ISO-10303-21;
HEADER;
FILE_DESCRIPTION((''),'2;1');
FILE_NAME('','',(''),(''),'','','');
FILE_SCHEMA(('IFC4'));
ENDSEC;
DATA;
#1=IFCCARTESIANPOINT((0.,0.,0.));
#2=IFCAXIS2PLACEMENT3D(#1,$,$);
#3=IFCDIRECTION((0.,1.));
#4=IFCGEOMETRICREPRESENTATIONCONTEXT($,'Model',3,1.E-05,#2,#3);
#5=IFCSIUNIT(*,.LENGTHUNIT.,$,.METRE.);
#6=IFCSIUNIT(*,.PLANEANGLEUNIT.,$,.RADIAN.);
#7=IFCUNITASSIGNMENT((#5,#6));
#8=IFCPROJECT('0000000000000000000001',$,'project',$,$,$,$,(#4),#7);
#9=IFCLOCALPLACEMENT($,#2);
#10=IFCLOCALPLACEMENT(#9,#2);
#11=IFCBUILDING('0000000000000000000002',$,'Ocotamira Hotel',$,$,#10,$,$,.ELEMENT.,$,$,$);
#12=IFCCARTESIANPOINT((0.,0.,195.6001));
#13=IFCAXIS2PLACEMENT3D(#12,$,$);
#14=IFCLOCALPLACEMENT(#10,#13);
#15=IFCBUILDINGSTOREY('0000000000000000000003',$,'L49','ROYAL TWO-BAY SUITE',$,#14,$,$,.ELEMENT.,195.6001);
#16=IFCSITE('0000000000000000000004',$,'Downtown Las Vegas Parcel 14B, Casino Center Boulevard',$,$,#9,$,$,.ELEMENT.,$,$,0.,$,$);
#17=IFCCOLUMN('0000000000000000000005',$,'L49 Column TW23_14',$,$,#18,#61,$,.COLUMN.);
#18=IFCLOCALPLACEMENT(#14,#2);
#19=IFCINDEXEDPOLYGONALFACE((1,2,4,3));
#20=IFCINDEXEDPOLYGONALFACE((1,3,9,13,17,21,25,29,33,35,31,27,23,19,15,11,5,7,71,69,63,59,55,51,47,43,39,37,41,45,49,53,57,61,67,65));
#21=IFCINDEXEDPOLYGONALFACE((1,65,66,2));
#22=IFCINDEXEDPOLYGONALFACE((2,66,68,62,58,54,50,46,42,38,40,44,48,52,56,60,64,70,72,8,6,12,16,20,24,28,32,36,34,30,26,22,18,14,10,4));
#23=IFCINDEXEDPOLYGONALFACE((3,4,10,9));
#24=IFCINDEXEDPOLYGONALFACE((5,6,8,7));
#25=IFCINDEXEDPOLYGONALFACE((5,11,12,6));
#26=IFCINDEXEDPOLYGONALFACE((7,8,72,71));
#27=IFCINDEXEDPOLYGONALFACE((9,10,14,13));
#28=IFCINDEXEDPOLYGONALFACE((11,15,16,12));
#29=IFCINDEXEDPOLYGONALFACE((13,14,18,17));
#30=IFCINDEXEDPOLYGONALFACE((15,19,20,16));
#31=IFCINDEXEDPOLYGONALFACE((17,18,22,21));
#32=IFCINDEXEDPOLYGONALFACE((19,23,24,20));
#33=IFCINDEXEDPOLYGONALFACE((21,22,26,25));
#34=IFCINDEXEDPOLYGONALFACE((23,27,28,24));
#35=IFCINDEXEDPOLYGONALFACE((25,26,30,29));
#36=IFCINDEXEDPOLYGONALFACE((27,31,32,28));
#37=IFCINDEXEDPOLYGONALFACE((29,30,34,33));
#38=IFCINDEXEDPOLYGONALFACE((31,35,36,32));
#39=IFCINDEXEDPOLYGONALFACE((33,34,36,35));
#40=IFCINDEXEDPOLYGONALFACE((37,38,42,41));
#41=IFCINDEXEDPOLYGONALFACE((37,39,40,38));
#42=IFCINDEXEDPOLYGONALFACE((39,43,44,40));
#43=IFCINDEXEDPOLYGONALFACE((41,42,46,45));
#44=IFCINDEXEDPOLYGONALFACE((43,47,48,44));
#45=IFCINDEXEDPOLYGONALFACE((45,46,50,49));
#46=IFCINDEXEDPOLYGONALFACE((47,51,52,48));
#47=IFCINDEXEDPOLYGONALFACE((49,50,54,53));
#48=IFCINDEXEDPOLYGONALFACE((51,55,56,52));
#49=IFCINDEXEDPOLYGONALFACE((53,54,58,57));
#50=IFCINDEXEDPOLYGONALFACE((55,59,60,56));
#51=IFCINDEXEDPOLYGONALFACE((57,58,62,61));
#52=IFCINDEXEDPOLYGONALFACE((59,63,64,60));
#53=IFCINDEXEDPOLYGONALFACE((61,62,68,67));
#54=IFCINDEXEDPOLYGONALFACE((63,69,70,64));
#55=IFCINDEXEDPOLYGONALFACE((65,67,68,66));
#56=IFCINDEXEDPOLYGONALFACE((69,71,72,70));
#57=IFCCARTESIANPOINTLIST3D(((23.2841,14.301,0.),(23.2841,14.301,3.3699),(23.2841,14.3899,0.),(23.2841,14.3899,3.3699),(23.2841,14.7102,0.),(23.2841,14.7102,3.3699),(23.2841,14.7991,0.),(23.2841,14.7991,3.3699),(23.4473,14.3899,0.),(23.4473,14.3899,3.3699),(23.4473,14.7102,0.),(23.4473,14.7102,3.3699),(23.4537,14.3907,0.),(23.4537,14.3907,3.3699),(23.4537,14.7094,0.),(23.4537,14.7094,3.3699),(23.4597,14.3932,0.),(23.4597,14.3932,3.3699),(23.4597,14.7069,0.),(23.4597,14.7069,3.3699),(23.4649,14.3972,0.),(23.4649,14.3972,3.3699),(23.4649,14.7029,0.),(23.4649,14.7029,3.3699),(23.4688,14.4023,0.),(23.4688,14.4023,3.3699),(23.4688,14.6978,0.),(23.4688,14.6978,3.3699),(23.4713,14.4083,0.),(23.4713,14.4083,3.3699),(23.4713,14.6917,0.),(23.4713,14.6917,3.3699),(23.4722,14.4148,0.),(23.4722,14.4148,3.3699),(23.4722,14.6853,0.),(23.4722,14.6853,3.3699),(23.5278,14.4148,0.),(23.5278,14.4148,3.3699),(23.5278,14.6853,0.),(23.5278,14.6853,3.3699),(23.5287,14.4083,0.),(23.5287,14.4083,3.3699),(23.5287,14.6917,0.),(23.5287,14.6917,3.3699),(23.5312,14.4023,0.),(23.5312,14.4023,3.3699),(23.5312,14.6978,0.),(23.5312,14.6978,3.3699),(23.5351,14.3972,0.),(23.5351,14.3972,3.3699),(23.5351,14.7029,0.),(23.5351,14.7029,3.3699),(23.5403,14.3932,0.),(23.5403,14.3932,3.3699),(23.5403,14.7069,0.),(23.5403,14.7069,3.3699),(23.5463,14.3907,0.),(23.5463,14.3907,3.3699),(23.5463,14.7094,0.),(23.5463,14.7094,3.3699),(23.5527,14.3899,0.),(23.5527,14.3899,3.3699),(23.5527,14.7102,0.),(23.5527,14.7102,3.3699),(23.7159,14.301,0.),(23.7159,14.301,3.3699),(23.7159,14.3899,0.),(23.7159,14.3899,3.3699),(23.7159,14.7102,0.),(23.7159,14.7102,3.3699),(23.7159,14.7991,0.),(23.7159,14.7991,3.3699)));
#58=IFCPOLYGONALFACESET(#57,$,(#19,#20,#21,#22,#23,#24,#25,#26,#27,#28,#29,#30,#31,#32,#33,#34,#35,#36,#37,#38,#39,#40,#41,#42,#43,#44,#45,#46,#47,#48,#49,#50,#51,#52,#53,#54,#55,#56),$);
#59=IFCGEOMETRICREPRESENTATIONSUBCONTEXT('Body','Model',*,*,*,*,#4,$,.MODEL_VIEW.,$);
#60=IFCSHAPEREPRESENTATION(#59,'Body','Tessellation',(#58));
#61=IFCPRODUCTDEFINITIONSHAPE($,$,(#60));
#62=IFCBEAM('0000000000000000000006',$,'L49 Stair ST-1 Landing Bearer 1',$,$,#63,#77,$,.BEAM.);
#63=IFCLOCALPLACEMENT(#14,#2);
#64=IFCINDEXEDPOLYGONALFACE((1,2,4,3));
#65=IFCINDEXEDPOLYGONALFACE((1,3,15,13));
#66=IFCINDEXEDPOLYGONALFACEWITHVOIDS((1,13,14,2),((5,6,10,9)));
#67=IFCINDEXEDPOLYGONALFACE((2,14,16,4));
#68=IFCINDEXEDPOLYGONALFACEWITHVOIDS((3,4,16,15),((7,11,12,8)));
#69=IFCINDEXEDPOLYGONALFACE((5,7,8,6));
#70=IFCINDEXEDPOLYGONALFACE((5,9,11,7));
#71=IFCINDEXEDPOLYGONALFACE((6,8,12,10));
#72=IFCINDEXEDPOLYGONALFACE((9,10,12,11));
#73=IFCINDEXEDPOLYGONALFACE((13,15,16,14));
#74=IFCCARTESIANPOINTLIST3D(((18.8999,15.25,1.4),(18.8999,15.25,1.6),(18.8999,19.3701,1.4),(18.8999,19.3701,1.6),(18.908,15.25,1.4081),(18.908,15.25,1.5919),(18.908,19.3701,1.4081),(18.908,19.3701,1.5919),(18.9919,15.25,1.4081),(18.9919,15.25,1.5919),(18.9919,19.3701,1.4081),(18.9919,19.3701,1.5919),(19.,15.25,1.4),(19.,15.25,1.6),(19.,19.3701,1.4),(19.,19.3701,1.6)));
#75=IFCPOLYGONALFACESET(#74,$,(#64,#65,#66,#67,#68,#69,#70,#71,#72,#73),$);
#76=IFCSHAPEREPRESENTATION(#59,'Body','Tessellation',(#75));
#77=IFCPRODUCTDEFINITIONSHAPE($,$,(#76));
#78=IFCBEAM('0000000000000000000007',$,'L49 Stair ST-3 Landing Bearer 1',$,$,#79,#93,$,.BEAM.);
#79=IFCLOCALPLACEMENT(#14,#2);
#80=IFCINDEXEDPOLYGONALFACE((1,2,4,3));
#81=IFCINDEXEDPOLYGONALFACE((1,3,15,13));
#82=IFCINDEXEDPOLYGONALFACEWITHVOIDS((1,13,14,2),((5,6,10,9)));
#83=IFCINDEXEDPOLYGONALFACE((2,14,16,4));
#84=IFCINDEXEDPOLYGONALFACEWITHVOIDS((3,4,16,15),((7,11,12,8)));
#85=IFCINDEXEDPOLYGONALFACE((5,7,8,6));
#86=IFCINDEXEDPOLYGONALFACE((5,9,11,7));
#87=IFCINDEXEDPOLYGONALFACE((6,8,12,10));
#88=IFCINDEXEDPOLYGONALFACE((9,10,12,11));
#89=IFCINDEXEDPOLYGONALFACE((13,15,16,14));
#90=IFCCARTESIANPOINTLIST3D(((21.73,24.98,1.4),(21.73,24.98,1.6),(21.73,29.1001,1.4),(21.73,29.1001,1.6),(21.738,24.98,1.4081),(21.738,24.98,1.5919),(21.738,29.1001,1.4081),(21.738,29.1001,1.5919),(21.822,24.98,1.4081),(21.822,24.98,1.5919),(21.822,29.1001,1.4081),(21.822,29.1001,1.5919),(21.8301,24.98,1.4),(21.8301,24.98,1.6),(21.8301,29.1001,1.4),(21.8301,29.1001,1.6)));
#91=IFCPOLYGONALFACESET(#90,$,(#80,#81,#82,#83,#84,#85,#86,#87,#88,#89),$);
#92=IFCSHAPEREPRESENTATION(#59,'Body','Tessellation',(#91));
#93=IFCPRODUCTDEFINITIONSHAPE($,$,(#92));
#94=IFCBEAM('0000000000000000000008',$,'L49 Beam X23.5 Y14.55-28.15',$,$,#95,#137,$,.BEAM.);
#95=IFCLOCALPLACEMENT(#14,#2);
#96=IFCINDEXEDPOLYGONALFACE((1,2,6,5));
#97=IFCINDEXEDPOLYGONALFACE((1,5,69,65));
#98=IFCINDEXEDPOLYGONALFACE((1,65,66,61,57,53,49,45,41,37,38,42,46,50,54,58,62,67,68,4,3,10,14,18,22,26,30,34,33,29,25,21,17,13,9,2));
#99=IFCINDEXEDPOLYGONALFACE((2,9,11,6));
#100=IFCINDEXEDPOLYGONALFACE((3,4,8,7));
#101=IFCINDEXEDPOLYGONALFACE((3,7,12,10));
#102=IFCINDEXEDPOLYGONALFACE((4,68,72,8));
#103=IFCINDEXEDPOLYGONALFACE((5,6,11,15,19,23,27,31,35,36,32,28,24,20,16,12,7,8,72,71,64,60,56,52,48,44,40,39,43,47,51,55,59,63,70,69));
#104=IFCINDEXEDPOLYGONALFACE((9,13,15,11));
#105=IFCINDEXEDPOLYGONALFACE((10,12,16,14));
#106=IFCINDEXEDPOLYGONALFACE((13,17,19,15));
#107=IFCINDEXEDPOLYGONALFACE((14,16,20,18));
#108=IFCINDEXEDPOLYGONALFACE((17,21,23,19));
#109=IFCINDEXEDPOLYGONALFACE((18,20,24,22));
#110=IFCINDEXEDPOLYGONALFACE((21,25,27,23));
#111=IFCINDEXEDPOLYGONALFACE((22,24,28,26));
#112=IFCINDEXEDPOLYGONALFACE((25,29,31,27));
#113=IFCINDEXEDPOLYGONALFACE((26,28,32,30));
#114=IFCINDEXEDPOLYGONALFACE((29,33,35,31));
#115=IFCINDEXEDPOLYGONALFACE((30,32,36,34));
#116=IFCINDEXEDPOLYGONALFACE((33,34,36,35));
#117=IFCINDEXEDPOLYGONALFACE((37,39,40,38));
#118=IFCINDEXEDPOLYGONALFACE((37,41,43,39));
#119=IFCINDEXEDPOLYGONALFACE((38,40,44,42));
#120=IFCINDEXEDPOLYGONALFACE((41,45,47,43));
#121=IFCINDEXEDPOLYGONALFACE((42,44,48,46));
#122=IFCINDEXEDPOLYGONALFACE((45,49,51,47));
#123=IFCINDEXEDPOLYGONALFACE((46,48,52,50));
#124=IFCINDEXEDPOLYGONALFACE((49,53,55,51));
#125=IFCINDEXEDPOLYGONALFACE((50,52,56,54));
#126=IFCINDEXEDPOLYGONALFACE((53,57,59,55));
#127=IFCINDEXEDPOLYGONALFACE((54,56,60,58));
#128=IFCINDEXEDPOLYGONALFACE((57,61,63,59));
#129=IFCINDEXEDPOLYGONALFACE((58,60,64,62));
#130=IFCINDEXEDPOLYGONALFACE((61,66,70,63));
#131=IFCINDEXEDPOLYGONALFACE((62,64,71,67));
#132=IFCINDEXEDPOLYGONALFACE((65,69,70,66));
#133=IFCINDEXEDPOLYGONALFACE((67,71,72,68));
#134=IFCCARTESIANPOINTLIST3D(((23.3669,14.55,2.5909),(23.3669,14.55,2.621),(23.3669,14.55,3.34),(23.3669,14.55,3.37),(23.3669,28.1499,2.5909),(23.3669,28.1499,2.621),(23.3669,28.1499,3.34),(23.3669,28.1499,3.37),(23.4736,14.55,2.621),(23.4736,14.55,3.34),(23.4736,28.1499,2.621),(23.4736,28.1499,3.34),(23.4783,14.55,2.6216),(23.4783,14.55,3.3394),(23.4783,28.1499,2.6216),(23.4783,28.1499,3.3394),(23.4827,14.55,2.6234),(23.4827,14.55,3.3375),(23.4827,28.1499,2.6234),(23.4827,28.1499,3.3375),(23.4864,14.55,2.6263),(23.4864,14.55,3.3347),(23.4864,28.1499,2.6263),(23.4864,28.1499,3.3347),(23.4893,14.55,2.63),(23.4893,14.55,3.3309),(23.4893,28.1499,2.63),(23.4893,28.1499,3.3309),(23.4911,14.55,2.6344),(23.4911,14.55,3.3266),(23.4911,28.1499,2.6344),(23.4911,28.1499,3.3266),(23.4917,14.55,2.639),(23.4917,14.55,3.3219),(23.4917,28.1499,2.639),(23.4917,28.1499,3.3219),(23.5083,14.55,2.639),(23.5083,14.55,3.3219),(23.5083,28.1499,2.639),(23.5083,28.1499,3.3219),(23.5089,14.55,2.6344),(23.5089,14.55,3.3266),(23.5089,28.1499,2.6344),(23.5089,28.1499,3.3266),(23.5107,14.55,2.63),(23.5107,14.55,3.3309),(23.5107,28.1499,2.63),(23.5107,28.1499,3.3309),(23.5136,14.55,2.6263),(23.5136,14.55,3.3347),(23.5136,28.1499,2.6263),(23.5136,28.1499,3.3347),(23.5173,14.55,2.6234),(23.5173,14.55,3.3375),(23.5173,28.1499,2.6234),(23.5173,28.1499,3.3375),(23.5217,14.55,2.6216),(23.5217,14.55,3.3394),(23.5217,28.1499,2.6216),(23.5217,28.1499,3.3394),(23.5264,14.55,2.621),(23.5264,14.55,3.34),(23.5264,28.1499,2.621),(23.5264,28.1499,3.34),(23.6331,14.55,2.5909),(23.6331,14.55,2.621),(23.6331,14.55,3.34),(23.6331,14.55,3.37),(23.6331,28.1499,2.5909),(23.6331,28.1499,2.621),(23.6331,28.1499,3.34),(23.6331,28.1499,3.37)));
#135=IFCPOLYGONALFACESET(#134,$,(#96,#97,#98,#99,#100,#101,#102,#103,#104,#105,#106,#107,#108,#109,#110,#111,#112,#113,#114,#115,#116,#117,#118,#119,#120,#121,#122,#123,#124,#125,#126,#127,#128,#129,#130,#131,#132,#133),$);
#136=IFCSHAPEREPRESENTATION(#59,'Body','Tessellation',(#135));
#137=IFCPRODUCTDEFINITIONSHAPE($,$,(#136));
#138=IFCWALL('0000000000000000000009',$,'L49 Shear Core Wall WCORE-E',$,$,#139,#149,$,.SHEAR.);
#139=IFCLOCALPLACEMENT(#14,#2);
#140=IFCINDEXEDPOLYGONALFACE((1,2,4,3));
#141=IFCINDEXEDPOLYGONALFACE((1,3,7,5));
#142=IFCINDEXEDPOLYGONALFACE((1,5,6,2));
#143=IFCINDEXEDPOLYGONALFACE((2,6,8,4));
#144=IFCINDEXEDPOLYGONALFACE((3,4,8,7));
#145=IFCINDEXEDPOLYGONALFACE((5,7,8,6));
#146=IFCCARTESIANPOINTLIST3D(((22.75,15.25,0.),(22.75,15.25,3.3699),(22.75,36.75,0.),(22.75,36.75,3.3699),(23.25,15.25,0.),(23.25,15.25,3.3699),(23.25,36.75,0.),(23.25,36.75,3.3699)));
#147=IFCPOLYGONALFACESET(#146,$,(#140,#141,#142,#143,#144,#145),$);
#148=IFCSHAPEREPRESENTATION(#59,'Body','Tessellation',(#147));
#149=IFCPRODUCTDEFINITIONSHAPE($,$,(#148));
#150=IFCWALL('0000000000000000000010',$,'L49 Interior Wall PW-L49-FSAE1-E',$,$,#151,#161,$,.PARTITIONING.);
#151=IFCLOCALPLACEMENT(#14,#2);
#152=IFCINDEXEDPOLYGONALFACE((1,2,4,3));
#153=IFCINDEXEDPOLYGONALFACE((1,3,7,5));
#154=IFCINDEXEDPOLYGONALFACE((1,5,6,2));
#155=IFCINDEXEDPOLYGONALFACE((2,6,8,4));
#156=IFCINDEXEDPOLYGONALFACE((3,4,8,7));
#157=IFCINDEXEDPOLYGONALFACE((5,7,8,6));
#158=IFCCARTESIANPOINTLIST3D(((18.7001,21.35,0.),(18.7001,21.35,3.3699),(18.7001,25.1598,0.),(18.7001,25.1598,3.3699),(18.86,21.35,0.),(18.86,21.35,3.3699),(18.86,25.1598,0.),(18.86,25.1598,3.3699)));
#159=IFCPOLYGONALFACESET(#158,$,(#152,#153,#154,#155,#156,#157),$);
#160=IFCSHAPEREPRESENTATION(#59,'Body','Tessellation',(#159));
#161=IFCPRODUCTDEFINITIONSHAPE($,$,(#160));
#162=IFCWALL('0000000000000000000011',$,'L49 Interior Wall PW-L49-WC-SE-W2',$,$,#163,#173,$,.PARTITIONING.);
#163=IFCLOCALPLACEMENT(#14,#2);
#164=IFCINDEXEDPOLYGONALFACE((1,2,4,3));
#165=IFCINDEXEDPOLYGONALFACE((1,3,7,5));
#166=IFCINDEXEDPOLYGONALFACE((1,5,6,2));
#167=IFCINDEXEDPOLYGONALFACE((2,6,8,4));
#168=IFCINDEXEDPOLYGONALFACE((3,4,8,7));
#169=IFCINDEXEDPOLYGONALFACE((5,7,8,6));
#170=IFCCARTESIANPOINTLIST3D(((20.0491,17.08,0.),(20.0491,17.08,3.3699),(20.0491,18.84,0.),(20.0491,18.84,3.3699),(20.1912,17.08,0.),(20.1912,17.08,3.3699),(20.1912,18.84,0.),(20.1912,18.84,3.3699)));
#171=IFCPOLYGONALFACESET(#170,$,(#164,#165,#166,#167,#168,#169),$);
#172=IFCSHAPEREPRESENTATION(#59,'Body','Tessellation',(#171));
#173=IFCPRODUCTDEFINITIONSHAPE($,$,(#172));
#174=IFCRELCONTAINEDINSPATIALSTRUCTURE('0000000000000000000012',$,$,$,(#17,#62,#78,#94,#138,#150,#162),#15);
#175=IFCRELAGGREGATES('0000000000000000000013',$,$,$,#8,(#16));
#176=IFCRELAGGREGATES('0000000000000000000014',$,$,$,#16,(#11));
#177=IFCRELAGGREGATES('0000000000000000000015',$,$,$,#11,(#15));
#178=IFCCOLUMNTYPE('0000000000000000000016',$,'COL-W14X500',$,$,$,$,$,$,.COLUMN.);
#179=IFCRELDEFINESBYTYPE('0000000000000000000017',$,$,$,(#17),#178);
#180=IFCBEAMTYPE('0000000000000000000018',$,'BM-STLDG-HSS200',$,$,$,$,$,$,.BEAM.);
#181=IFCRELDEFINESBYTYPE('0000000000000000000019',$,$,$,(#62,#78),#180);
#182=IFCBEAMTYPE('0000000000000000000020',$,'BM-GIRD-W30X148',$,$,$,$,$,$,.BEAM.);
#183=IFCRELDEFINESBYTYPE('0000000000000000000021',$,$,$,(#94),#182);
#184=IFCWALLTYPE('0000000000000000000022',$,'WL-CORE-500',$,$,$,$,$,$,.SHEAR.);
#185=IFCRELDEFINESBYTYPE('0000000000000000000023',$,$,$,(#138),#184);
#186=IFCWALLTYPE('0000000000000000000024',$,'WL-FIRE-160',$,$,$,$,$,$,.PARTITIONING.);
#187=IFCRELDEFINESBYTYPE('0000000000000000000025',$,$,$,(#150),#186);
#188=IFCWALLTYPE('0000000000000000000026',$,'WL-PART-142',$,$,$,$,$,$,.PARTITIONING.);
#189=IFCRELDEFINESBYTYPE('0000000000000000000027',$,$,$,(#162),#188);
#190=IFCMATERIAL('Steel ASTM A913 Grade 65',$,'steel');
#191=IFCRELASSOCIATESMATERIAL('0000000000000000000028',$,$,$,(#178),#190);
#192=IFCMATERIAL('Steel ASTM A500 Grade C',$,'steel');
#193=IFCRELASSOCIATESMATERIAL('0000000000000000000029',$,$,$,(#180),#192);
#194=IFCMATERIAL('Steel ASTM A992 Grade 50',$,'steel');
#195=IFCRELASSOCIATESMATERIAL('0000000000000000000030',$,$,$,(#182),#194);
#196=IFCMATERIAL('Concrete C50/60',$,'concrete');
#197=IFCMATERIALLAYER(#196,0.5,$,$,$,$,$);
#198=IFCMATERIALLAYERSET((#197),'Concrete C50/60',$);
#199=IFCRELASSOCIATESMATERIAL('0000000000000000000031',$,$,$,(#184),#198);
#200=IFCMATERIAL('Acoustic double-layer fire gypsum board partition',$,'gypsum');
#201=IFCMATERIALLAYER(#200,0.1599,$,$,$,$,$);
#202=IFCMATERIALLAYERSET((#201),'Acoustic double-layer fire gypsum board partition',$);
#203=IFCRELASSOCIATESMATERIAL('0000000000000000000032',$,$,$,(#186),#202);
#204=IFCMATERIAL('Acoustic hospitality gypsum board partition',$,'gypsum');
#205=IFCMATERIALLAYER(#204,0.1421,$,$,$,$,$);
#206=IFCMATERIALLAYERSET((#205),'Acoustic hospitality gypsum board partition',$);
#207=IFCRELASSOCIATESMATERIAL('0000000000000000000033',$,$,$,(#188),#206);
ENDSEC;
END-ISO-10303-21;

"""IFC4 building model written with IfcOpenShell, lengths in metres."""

from ifc_helpers import new_model, si_unit, direction, frame, frame_2d, origin, origin_2d, place, context, subcontext, project, spatial, rectangle, hollow_rectangle, i_section, extrude, source, transform, mapped, material, layer, layer_set, material_profile, profile_set, type_object, element, save


model = new_model("IFC4")

# Units and contexts
model_context = context("Model", 3, precision=1e-05, world=origin(), true_north=direction((0.0, 1.0)))
body_context = subcontext(model_context, "Body", "Model", "MODEL_VIEW")
ifc_project = project(units=[si_unit("LENGTHUNIT", "METRE"), si_unit("PLANEANGLEUNIT", "RADIAN")], contexts=[model_context])

# Site, building, storey
site_placement = place(None, origin())
site = spatial("IfcSite", under=ifc_project, at=site_placement, Name="Downtown Las Vegas Parcel 14B, Casino Center Boulevard", CompositionType="ELEMENT", RefElevation=0.0)
building_placement = place(site_placement, origin())
building = spatial("IfcBuilding", under=site, at=building_placement, Name="Ocotamira Hotel", CompositionType="ELEMENT")
storey_placement = place(building_placement, frame((0.0, 0.0, 195.6001)))
storey = spatial("IfcBuildingStorey", under=building, at=storey_placement, Name="L49", Description="ROYAL TWO-BAY SUITE", CompositionType="ELEMENT", Elevation=195.6001)

# Column
ifc_material_1 = material(Name="Steel ASTM A913 Grade 65", Category="steel")
ifc_material_profile_1 = material_profile(ifc_material_1, i_section(OverallWidth=0.4319, OverallDepth=0.498, WebThickness=0.0557, FlangeThickness=0.0889, FilletRadius=0.0249, at=origin_2d()), Name="W14X500")
ifc_profile_set_1 = profile_set([ifc_material_profile_1], Name="Steel ASTM A913 Grade 65")
column_type = type_object("IfcColumnType", Name="COL-W14X500", PredefinedType="COLUMN", material=ifc_profile_set_1)
shared_shape_1 = source(origin(), body_context, "Body", "SweptSolid", [
    extrude(i_section(OverallWidth=0.4319, OverallDepth=0.498, WebThickness=0.0557, FlangeThickness=0.0889, FilletRadius=0.0249, at=origin_2d()), origin(), (0.0, 0.0, 1.0), 3.3699),
])
column_placement = place(storey_placement, frame((23.5, 14.55, 0.0), z_axis=(0.0, 0.0, 1.0), x_axis=(1.0, 0.0, 0.0)))
element("IfcColumn", 1, at=column_placement, inside=storey, type_object=column_type, Name="L49 Column TW23_14", PredefinedType="COLUMN", context=body_context, shape_type="MappedRepresentation", body=[
    mapped(shared_shape_1, transform((0.0, 0.0, 0.0), scale=1.0)),
])

# Beams
ifc_material_2 = material(Name="Steel ASTM A500 Grade C", Category="steel")
ifc_material_profile_2 = material_profile(ifc_material_2, hollow_rectangle(XDim=0.1001, YDim=0.2, WallThickness=0.0081, at=origin_2d()), Name="HSS200X100X8")
ifc_profile_set_2 = profile_set([ifc_material_profile_2], Name="Steel ASTM A500 Grade C")
beam_type_1 = type_object("IfcBeamType", Name="BM-STLDG-HSS200", PredefinedType="BEAM", material=ifc_profile_set_2)
shared_shape_2 = source(origin(), body_context, "Body", "SweptSolid", [
    extrude(hollow_rectangle(XDim=0.1001, YDim=0.2, WallThickness=0.0081, at=origin_2d()), origin(), (0.0, 0.0, 1.0), 4.1201),
])
for number, where, z_axis, x_axis, name in (
    (2, (18.95, 15.25, 1.5), (0.0, 1.0, 0.0), (-1.0, 0.0, 0.0), "L49 Stair ST-1 Landing Bearer 1"),
    (3, (21.78, 24.98, 1.5), (0.0, 1.0, 0.0), (-1.0, 0.0, 0.0), "L49 Stair ST-3 Landing Bearer 1"),
):
    element("IfcBeam", number, at=place(storey_placement, frame(where, z_axis=z_axis, x_axis=x_axis)), inside=storey, type_object=beam_type_1, Name=name, PredefinedType="BEAM", context=body_context, shape_type="MappedRepresentation", body=[
        mapped(shared_shape_2, transform((0.0, 0.0, 0.0), scale=1.0)),
    ])
ifc_material_3 = material(Name="Steel ASTM A992 Grade 50", Category="steel")
ifc_material_profile_3 = material_profile(ifc_material_3, i_section(OverallWidth=0.2661, OverallDepth=0.7791, WebThickness=0.0166, FlangeThickness=0.03, FilletRadius=0.0181, at=origin_2d()), Name="W30X148")
ifc_profile_set_3 = profile_set([ifc_material_profile_3], Name="Steel ASTM A992 Grade 50")
beam_type_2 = type_object("IfcBeamType", Name="BM-GIRD-W30X148", PredefinedType="BEAM", material=ifc_profile_set_3)
shared_shape_3 = source(origin(), body_context, "Body", "SweptSolid", [
    extrude(i_section(OverallWidth=0.2661, OverallDepth=0.7791, WebThickness=0.0166, FlangeThickness=0.03, FilletRadius=0.0181, at=origin_2d()), origin(), (0.0, 0.0, 1.0), 13.5999),
])
beam_placement = place(storey_placement, frame((23.5, 14.55, 2.9805), z_axis=(0.0, 1.0, 0.0), x_axis=(-1.0, 0.0, 0.0)))
element("IfcBeam", 4, at=beam_placement, inside=storey, type_object=beam_type_2, Name="L49 Beam X23.5 Y14.55-28.15", PredefinedType="BEAM", context=body_context, shape_type="MappedRepresentation", body=[
    mapped(shared_shape_3, transform((0.0, 0.0, 0.0), scale=1.0)),
])

# Walls
ifc_material_4 = material(Name="Concrete C50/60", Category="concrete")
ifc_layer_1 = layer(ifc_material_4, 0.5)
ifc_layer_set_1 = layer_set([ifc_layer_1], Name="Concrete C50/60")
wall_type_1 = type_object("IfcWallType", Name="WL-CORE-500", PredefinedType="SHEAR", material=ifc_layer_set_1)
wall_1_placement = place(storey_placement, frame((23.0, 15.25, 0.0), z_axis=(0.0, 0.0, 1.0), x_axis=(0.0, 1.0, 0.0)))
element("IfcWall", 5, at=wall_1_placement, inside=storey, type_object=wall_type_1, Name="L49 Shear Core Wall WCORE-E", PredefinedType="SHEAR", context=body_context, shape_type="SweptSolid", body=[
    extrude(rectangle(XDim=21.5, YDim=0.5, at=frame_2d((10.75, 0.0))), origin(), (0.0, 0.0, 1.0), 3.3699),
])
ifc_material_5 = material(Name="Acoustic double-layer fire gypsum board partition", Category="gypsum")
ifc_layer_2 = layer(ifc_material_5, 0.1599)
ifc_layer_set_2 = layer_set([ifc_layer_2], Name="Acoustic double-layer fire gypsum board partition")
wall_type_2 = type_object("IfcWallType", Name="WL-FIRE-160", PredefinedType="PARTITIONING", material=ifc_layer_set_2)
wall_2_placement = place(storey_placement, frame((18.78, 21.3501, 0.0), z_axis=(0.0, 0.0, 1.0), x_axis=(0.0, 1.0, 0.0)))
element("IfcWall", 6, at=wall_2_placement, inside=storey, type_object=wall_type_2, Name="L49 Interior Wall PW-L49-FSAE1-E", PredefinedType="PARTITIONING", context=body_context, shape_type="SweptSolid", body=[
    extrude(rectangle(XDim=3.8098, YDim=0.1599, at=frame_2d((1.9048, 0.0))), origin(), (0.0, 0.0, 1.0), 3.3699),
])
ifc_material_6 = material(Name="Acoustic hospitality gypsum board partition", Category="gypsum")
ifc_layer_3 = layer(ifc_material_6, 0.1421)
ifc_layer_set_3 = layer_set([ifc_layer_3], Name="Acoustic hospitality gypsum board partition")
wall_type_3 = type_object("IfcWallType", Name="WL-PART-142", PredefinedType="PARTITIONING", material=ifc_layer_set_3)
wall_3_placement = place(storey_placement, frame((20.1201, 17.0801, 0.0), z_axis=(0.0, 0.0, 1.0), x_axis=(0.0, 1.0, 0.0)))
element("IfcWall", 7, at=wall_3_placement, inside=storey, type_object=wall_type_3, Name="L49 Interior Wall PW-L49-WC-SE-W2", PredefinedType="PARTITIONING", context=body_context, shape_type="SweptSolid", body=[
    extrude(rectangle(XDim=1.76, YDim=0.1421, at=frame_2d((0.8799, 0.0))), origin(), (0.0, 0.0, 1.0), 3.3699),
])

save(model, "model.ifc")
